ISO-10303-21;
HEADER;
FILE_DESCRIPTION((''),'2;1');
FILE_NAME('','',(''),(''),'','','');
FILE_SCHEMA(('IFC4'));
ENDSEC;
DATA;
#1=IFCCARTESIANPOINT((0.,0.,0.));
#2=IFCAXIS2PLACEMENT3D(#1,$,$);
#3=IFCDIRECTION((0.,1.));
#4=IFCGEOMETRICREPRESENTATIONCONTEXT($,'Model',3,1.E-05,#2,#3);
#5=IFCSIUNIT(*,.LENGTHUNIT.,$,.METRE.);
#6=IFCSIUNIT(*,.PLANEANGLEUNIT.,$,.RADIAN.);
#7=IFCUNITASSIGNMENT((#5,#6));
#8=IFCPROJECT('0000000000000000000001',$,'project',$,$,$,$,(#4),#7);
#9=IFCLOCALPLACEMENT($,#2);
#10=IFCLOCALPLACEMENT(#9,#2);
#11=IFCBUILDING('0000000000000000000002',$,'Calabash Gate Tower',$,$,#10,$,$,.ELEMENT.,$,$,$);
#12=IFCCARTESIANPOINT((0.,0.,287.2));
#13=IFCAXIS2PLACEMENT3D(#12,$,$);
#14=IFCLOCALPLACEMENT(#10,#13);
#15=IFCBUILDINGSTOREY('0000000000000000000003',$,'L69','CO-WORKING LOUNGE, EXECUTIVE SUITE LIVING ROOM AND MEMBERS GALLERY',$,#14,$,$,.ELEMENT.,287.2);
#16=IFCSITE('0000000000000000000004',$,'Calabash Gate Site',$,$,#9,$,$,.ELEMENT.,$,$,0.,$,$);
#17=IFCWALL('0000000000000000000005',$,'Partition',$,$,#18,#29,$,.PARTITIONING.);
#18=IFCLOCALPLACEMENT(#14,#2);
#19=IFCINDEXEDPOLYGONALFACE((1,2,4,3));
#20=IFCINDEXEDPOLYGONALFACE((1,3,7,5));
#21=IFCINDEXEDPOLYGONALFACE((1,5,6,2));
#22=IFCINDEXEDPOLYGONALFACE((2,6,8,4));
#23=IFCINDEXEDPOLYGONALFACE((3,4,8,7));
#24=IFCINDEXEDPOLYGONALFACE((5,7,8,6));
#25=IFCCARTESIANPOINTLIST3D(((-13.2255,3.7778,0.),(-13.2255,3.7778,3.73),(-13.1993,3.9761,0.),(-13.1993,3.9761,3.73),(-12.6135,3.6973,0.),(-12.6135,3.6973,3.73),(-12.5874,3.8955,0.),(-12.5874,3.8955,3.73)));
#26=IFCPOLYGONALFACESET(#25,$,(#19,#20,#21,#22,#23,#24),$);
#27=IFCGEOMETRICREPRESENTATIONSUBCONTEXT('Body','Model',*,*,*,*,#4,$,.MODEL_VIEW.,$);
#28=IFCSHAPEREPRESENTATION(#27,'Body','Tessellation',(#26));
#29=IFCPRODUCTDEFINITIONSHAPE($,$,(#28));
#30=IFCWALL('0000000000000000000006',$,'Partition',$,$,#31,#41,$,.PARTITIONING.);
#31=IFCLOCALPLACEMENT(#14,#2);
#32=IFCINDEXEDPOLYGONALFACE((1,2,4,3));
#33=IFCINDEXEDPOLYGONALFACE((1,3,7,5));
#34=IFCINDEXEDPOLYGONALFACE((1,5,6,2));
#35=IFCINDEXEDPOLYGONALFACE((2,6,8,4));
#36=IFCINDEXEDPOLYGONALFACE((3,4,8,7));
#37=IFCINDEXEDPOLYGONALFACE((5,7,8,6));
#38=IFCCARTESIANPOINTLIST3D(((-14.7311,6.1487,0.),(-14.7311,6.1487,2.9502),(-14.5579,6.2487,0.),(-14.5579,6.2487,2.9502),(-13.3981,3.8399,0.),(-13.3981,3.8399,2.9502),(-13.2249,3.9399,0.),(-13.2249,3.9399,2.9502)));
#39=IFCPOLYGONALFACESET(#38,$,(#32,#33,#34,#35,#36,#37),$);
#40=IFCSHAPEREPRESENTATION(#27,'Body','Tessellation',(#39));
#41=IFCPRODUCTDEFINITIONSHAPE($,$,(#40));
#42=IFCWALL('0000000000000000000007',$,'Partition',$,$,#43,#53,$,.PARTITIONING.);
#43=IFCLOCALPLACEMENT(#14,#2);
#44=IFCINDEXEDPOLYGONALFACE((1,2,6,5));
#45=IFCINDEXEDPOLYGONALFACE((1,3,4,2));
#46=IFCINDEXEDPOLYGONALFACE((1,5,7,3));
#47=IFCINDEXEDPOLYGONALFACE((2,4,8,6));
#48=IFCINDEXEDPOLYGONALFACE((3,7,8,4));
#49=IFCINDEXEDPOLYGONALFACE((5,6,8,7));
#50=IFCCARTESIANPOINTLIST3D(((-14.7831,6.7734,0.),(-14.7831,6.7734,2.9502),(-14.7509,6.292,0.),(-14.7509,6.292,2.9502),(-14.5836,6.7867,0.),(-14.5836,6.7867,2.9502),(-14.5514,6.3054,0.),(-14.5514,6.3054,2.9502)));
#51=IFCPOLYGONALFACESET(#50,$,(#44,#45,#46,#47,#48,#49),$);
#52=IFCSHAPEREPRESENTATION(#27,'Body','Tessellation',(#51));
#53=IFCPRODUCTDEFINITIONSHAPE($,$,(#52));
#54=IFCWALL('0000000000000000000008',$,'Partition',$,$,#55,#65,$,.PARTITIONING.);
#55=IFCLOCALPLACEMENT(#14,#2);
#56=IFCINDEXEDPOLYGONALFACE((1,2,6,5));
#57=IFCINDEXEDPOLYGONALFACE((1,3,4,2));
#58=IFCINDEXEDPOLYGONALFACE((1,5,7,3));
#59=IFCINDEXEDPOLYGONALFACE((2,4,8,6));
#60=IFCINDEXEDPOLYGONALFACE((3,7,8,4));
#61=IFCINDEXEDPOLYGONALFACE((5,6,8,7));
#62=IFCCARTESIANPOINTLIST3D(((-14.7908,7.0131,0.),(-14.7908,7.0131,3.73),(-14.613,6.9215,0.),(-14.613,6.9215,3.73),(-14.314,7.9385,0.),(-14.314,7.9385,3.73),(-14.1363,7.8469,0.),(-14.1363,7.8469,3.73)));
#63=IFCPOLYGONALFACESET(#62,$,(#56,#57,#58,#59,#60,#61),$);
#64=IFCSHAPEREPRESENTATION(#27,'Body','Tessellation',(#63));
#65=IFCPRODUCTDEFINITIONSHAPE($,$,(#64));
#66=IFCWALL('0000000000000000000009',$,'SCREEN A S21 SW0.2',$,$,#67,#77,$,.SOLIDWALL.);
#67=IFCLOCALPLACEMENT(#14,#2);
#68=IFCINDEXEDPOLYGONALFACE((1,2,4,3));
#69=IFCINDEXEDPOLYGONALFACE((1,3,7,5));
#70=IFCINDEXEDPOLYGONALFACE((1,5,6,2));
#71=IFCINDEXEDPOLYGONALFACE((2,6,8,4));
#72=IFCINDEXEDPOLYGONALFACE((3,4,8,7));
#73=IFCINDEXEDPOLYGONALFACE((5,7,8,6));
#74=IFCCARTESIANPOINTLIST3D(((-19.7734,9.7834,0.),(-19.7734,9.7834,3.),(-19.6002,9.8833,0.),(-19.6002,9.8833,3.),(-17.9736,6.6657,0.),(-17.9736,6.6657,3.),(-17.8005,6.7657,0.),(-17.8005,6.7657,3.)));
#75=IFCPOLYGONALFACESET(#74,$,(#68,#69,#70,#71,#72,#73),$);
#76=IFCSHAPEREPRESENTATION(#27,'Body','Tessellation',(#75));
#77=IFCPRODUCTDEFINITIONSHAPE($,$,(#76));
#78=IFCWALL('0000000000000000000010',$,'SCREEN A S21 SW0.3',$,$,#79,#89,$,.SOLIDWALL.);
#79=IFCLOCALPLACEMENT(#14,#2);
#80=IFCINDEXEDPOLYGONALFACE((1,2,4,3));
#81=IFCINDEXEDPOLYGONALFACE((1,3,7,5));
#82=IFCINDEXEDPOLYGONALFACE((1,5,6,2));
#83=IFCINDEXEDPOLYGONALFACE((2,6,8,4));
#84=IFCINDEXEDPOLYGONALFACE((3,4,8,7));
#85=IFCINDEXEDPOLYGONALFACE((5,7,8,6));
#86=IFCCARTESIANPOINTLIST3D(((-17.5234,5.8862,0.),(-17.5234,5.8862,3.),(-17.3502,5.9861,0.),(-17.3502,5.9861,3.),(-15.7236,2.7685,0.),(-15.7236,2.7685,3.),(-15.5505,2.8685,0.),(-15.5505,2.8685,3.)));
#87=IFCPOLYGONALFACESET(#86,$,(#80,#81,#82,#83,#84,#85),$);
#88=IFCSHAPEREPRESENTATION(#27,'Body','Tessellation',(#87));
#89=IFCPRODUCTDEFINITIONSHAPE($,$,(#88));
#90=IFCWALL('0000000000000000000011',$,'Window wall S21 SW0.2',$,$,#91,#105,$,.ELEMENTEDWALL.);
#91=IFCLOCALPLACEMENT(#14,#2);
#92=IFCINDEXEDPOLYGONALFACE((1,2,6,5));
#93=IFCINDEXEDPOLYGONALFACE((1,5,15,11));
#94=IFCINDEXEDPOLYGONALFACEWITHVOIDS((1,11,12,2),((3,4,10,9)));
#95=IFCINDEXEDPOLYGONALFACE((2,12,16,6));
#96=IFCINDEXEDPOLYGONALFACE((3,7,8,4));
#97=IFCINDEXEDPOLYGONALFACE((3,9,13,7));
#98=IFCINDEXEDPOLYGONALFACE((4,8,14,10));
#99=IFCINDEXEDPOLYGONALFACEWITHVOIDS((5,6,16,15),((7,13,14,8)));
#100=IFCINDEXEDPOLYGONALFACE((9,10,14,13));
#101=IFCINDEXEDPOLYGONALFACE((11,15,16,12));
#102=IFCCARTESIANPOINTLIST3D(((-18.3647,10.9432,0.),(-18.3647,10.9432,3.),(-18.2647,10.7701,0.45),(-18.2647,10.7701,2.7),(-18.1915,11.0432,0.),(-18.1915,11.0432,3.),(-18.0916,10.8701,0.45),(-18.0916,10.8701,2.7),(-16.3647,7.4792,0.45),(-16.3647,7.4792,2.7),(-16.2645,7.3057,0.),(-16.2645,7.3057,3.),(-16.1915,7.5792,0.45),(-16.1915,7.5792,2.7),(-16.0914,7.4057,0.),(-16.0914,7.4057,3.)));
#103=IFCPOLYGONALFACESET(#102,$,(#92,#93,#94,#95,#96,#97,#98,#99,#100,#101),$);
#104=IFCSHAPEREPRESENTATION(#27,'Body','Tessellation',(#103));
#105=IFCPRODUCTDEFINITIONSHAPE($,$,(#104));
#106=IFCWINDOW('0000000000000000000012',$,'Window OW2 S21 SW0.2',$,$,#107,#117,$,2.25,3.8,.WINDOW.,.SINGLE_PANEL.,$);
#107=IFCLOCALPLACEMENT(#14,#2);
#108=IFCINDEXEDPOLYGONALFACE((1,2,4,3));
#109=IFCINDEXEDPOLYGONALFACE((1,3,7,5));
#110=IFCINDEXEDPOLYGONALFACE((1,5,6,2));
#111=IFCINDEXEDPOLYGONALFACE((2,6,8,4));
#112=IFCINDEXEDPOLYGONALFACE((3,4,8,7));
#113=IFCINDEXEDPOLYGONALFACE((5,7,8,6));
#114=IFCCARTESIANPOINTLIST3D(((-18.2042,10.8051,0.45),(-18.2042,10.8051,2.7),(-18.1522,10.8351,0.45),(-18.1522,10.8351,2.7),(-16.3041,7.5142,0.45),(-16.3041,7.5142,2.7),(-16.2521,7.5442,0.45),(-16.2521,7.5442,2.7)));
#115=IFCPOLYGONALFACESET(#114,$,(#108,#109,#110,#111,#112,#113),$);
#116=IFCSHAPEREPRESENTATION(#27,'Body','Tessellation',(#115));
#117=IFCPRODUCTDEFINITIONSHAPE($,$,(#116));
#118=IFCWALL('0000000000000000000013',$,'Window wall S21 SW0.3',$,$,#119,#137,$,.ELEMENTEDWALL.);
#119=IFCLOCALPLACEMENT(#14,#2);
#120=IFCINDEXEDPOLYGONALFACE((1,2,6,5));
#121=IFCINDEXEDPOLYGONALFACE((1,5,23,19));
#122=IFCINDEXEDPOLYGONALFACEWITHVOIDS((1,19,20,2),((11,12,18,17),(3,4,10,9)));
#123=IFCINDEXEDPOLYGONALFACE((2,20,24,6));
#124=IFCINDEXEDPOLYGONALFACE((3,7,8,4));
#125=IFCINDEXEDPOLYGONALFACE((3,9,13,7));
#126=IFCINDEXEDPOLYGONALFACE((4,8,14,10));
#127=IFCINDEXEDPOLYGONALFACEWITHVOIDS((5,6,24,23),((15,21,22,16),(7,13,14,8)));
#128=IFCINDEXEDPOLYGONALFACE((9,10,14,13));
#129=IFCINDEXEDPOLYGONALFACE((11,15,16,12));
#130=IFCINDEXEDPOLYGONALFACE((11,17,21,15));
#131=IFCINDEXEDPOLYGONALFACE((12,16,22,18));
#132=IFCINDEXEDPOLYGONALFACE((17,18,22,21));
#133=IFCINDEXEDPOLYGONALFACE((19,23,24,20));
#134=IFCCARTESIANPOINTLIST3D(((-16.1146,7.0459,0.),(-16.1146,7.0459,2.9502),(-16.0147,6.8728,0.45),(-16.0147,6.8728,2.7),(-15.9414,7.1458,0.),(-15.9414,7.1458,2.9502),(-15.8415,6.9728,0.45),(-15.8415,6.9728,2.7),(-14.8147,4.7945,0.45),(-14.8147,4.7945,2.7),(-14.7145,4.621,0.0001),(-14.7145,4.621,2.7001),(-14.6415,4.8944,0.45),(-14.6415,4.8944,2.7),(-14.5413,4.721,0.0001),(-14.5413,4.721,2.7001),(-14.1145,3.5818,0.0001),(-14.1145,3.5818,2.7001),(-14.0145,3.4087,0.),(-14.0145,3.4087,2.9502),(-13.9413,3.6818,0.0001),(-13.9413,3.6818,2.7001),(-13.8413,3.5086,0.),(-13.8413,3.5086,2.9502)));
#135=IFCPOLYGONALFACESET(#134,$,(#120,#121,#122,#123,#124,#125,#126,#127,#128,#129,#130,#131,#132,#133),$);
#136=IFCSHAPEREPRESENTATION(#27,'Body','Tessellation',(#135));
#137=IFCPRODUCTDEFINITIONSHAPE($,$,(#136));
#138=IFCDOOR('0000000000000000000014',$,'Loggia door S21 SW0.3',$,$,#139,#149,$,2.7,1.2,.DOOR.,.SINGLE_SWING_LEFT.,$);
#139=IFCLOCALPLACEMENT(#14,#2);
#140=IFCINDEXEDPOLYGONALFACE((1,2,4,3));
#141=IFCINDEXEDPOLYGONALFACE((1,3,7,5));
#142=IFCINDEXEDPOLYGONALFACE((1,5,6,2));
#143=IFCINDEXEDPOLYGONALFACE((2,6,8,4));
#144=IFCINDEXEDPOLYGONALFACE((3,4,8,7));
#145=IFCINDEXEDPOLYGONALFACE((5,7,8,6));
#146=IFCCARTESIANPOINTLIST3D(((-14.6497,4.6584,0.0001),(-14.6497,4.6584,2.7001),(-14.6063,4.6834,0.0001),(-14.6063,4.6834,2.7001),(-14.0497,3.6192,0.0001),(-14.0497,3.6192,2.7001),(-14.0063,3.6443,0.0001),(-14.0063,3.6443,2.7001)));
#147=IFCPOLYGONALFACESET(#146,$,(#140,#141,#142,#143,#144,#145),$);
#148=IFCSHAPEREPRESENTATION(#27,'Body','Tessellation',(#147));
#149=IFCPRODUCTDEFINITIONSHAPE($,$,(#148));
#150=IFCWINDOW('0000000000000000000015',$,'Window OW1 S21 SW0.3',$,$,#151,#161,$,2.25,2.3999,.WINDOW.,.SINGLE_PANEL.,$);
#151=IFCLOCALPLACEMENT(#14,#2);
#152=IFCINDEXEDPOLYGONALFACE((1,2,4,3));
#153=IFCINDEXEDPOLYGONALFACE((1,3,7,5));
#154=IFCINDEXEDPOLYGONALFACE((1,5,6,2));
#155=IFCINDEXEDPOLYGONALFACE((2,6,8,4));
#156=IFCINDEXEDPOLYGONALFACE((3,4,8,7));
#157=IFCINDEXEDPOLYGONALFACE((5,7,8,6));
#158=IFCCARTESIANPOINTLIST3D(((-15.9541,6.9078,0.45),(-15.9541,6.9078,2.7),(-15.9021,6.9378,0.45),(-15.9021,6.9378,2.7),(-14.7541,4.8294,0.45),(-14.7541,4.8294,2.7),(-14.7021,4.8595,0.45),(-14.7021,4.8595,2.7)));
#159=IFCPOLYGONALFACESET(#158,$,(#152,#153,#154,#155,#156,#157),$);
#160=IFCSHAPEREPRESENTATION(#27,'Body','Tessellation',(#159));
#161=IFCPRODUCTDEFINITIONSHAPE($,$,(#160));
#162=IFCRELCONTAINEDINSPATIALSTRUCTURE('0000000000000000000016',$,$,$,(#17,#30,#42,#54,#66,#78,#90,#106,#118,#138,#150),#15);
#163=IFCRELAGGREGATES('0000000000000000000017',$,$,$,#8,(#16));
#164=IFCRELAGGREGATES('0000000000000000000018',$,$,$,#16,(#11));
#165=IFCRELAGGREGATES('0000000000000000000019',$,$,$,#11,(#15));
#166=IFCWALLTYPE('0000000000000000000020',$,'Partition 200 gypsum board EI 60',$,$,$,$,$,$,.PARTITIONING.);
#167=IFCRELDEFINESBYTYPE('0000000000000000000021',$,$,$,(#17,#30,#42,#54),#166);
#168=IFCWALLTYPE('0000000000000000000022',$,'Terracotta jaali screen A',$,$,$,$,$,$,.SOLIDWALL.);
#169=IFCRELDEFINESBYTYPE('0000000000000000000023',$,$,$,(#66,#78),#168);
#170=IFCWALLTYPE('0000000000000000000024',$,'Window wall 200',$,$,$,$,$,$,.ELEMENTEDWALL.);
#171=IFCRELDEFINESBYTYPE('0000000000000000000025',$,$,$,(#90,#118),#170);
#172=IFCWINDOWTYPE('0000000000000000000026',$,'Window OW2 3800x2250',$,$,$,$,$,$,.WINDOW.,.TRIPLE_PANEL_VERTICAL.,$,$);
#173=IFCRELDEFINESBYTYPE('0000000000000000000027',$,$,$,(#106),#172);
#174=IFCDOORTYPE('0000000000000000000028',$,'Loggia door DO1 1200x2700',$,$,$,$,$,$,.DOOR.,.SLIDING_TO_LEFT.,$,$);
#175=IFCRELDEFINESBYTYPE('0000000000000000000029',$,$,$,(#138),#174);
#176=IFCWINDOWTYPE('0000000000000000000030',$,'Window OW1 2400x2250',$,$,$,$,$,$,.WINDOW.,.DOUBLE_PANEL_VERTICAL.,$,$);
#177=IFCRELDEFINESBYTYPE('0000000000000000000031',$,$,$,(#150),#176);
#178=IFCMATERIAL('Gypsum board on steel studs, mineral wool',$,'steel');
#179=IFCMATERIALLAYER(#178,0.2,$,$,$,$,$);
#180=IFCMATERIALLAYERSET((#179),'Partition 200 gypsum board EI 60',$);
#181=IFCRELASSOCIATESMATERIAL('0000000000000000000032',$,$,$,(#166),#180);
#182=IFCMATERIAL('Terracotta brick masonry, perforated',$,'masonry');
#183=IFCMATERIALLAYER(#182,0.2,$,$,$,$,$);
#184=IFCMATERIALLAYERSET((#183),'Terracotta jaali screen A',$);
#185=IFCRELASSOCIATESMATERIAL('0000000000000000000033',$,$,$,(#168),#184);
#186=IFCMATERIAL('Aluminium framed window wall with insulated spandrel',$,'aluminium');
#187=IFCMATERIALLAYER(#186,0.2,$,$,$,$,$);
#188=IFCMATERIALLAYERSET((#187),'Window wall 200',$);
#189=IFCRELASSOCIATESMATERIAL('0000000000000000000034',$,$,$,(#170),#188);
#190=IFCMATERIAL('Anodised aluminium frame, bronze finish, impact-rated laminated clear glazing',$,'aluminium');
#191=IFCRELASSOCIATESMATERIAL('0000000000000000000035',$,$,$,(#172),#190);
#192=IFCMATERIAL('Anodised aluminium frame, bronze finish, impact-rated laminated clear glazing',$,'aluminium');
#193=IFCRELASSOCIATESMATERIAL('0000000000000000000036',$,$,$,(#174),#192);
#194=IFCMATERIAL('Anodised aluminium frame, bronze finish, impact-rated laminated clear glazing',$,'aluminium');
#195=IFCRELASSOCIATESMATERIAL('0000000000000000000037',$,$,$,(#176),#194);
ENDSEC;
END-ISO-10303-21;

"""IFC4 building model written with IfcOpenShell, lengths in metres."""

from ifc_helpers import new_model, si_unit, direction, frame, frame_2d, origin, place, context, subcontext, project, spatial, rectangle, extrude, material, layer, layer_set, type_object, element, fill, save


model = new_model("IFC4")

# Units and contexts
model_context = context("Model", 3, precision=1e-05, world=origin(), true_north=direction((0.0, 1.0)))
body_context = subcontext(model_context, "Body", "Model", "MODEL_VIEW")
ifc_project = project(units=[si_unit("LENGTHUNIT", "METRE"), si_unit("PLANEANGLEUNIT", "RADIAN")], contexts=[model_context])

# Site, building, storey
site_placement = place(None, origin())
site = spatial("IfcSite", under=ifc_project, at=site_placement, Name="Calabash Gate Site", CompositionType="ELEMENT", RefElevation=0.0)
building_placement = place(site_placement, origin())
building = spatial("IfcBuilding", under=site, at=building_placement, Name="Calabash Gate Tower", CompositionType="ELEMENT")
storey_placement = place(building_placement, frame((0.0, 0.0, 287.2)))
storey = spatial("IfcBuildingStorey", under=building, at=storey_placement, Name="L69", Description="CO-WORKING LOUNGE, EXECUTIVE SUITE LIVING ROOM AND MEMBERS GALLERY", CompositionType="ELEMENT", Elevation=287.2)

# Walls
ifc_material_1 = material(Name="Gypsum board on steel studs, mineral wool", Category="steel")
ifc_layer_1 = layer(ifc_material_1, 0.2)
ifc_layer_set_1 = layer_set([ifc_layer_1], Name="Partition 200 gypsum board EI 60")
wall_type_1 = type_object("IfcWallType", Name="Partition 200 gypsum board EI 60", PredefinedType="PARTITIONING", material=ifc_layer_set_1)
wall_1_placement = place(storey_placement, frame((-13.2124, 3.877, 0.0), z_axis=(0.0, 0.0, 1.0), x_axis=(0.991441, -0.130557, 0.0)))
element("IfcWall", 1, at=wall_1_placement, inside=storey, type_object=wall_type_1, Name="Partition", PredefinedType="PARTITIONING", context=body_context, shape_type="SweptSolid", body=[
    extrude(rectangle(XDim=0.6172, YDim=0.2, at=frame_2d((0.3086, 0.0))), origin(), (0.0, 0.0, 1.0), 3.73),
])
wall_2_placement = place(storey_placement, frame((-14.6445, 6.1987, 0.0), z_axis=(0.0, 0.0, 1.0), x_axis=(0.5, -0.866025, 0.0)))
element("IfcWall", 2, at=wall_2_placement, inside=storey, type_object=wall_type_1, Name="Partition", PredefinedType="PARTITIONING", context=body_context, shape_type="SweptSolid", body=[
    extrude(rectangle(XDim=2.666, YDim=0.2, at=frame_2d((1.333, 0.0))), origin(), (0.0, 0.0, 1.0), 2.9502),
])
wall_3_placement = place(storey_placement, frame((-14.6833, 6.78, 0.0), z_axis=(0.0, 0.0, 1.0), x_axis=(0.066788, -0.997767, 0.0)))
element("IfcWall", 3, at=wall_3_placement, inside=storey, type_object=wall_type_1, Name="Partition", PredefinedType="PARTITIONING", context=body_context, shape_type="SweptSolid", body=[
    extrude(rectangle(XDim=0.4824, YDim=0.2, at=frame_2d((0.2412, 0.0))), origin(), (0.0, 0.0, 1.0), 2.9502),
])
wall_4_placement = place(storey_placement, frame((-14.7019, 6.9673, 0.0), z_axis=(0.0, 0.0, 1.0), x_axis=(0.457968, 0.888969, 0.0)))
element("IfcWall", 4, at=wall_4_placement, inside=storey, type_object=wall_type_1, Name="Partition", PredefinedType="PARTITIONING", context=body_context, shape_type="SweptSolid", body=[
    extrude(rectangle(XDim=1.041, YDim=0.2, at=frame_2d((0.5205, 0.0))), origin(), (0.0, 0.0, 1.0), 3.73),
])
ifc_material_2 = material(Name="Terracotta brick masonry, perforated", Category="masonry")
ifc_layer_2 = layer(ifc_material_2, 0.2)
ifc_layer_set_2 = layer_set([ifc_layer_2], Name="Terracotta jaali screen A")
wall_type_2 = type_object("IfcWallType", Name="Terracotta jaali screen A", PredefinedType="SOLIDWALL", material=ifc_layer_set_2)
for number, where, z_axis, x_axis, name in (
    (5, (-19.6868, 9.8333, 0.0), (0.0, 0.0, 1.0), (0.499961, -0.866048, 0.0), "SCREEN A S21 SW0.2"),
    (6, (-17.4368, 5.936, 0.0), (0.0, 0.0, 1.0), (0.499961, -0.866048, 0.0), "SCREEN A S21 SW0.3"),
):
    element("IfcWall", number, at=place(storey_placement, frame(where, z_axis=z_axis, x_axis=x_axis)), inside=storey, type_object=wall_type_2, Name=name, PredefinedType="SOLIDWALL", context=body_context, shape_type="SweptSolid", body=[
        extrude(rectangle(XDim=3.5999, YDim=0.2, at=frame_2d((1.7998, 0.0))), origin(), (0.0, 0.0, 1.0), 3.0),
    ])

# Wall, opening, window
ifc_material_3 = material(Name="Aluminium framed window wall with insulated spandrel", Category="aluminium")
ifc_layer_3 = layer(ifc_material_3, 0.2)
ifc_layer_set_3 = layer_set([ifc_layer_3], Name="Window wall 200")
wall_type_3 = type_object("IfcWallType", Name="Window wall 200", PredefinedType="ELEMENTEDWALL", material=ifc_layer_set_3)
wall_5_placement = place(storey_placement, frame((-18.2781, 10.9932, 0.0), z_axis=(0.0, 0.0, 1.0), x_axis=(0.500003, -0.866024, 0.0)))
wall_5 = element("IfcWall", 7, at=wall_5_placement, inside=storey, type_object=wall_type_3, Name="Window wall S21 SW0.2", PredefinedType="ELEMENTEDWALL", context=body_context, shape_type="SweptSolid", body=[
    extrude(rectangle(XDim=4.2002, YDim=0.2, at=frame_2d((2.1001, 0.0))), origin(), (0.0, 0.0, 1.0), 3.0),
])
opening_1_placement = place(wall_5_placement, frame((0.2, 0.0, 0.45)))
opening_1 = element("IfcOpeningElement", 8, at=opening_1_placement, cuts=wall_5, PredefinedType="OPENING", context=body_context, shape_type="SweptSolid", body=[
    extrude(rectangle(XDim=3.8, YDim=2.25, at=frame_2d((1.8999, 1.125))), frame((0.0, 0.1099, 0.0), z_axis=(0.0, -1.0, 0.0), x_axis=(1.0, 0.0, 0.0)), (0.0, 0.0, 1.0), 0.22),
])
ifc_material_4 = material(Name="Anodised aluminium frame, bronze finish, impact-rated laminated clear glazing", Category="aluminium")
window_type_1 = type_object("IfcWindowType", Name="Window OW2 3800x2250", PartitioningType="TRIPLE_PANEL_VERTICAL", PredefinedType="WINDOW", material=ifc_material_4)
window_1_placement = place(opening_1_placement, origin())
window_1 = element("IfcWindow", 9, at=window_1_placement, inside=storey, type_object=window_type_1, Name="Window OW2 S21 SW0.2", OverallHeight=2.25, OverallWidth=3.8, PartitioningType="SINGLE_PANEL", PredefinedType="WINDOW", context=body_context, shape_type="SweptSolid", body=[
    extrude(rectangle(XDim=3.8, YDim=2.25, at=frame_2d((1.8999, 1.125))), frame((0.0, 0.03, 0.0), z_axis=(0.0, -1.0, 0.0), x_axis=(1.0, 0.0, 0.0)), (0.0, 0.0, 1.0), 0.0601),
])
fill(opening_1, window_1)

# Wall, openings, door, window
wall_6_placement = place(storey_placement, frame((-16.0281, 7.0959, 0.0), z_axis=(0.0, 0.0, 1.0), x_axis=(0.500028, -0.866009, 0.0)))
wall_6 = element("IfcWall", 10, at=wall_6_placement, inside=storey, type_object=wall_type_3, Name="Window wall S21 SW0.3", PredefinedType="ELEMENTEDWALL", context=body_context, shape_type="SweptSolid", body=[
    extrude(rectangle(XDim=4.2, YDim=0.2, at=frame_2d((2.1001, 0.0))), origin(), (0.0, 0.0, 1.0), 2.9502),
])
opening_2_placement = place(wall_6_placement, frame((0.2, 0.0, 0.45)))
opening_2 = element("IfcOpeningElement", 11, at=opening_2_placement, cuts=wall_6, PredefinedType="OPENING", context=body_context, shape_type="SweptSolid", body=[
    extrude(rectangle(XDim=2.3999, YDim=2.25, at=frame_2d((1.2, 1.125))), frame((0.0, 0.1099, 0.0), z_axis=(0.0, -1.0, 0.0), x_axis=(1.0, 0.0, 0.0)), (0.0, 0.0, 1.0), 0.22),
])
opening_3_placement = place(wall_6_placement, frame((2.8, 0.0, 0.0)))
opening_3 = element("IfcOpeningElement", 12, at=opening_3_placement, cuts=wall_6, PredefinedType="OPENING", context=body_context, shape_type="SweptSolid", body=[
    extrude(rectangle(XDim=1.2, YDim=2.7, at=frame_2d((0.6001, 1.3501))), frame((0.0, 0.1099, 0.0), z_axis=(0.0, -1.0, 0.0), x_axis=(1.0, 0.0, 0.0)), (0.0, 0.0, 1.0), 0.22),
])
ifc_material_5 = material(Name="Anodised aluminium frame, bronze finish, impact-rated laminated clear glazing", Category="aluminium")
door_type = type_object("IfcDoorType", Name="Loggia door DO1 1200x2700", OperationType="SLIDING_TO_LEFT", PredefinedType="DOOR", material=ifc_material_5)
door_placement = place(opening_3_placement, origin())
door = element("IfcDoor", 13, at=door_placement, inside=storey, type_object=door_type, Name="Loggia door S21 SW0.3", OperationType="SINGLE_SWING_LEFT", OverallHeight=2.7, OverallWidth=1.2, PredefinedType="DOOR", context=body_context, shape_type="SweptSolid", body=[
    extrude(rectangle(XDim=1.2, YDim=2.7, at=frame_2d((0.6001, 1.3501))), frame((0.0, 0.0249, 0.0), z_axis=(0.0, -1.0, 0.0), x_axis=(1.0, 0.0, 0.0)), (0.0, 0.0, 1.0), 0.05),
])
fill(opening_3, door)
ifc_material_6 = material(Name="Anodised aluminium frame, bronze finish, impact-rated laminated clear glazing", Category="aluminium")
window_type_2 = type_object("IfcWindowType", Name="Window OW1 2400x2250", PartitioningType="DOUBLE_PANEL_VERTICAL", PredefinedType="WINDOW", material=ifc_material_6)
window_2_placement = place(opening_2_placement, origin())
window_2 = element("IfcWindow", 14, at=window_2_placement, inside=storey, type_object=window_type_2, Name="Window OW1 S21 SW0.3", OverallHeight=2.25, OverallWidth=2.3999, PartitioningType="SINGLE_PANEL", PredefinedType="WINDOW", context=body_context, shape_type="SweptSolid", body=[
    extrude(rectangle(XDim=2.3999, YDim=2.25, at=frame_2d((1.2, 1.125))), frame((0.0, 0.03, 0.0), z_axis=(0.0, -1.0, 0.0), x_axis=(1.0, 0.0, 0.0)), (0.0, 0.0, 1.0), 0.0601),
])
fill(opening_2, window_2)

save(model, "model.ifc")
